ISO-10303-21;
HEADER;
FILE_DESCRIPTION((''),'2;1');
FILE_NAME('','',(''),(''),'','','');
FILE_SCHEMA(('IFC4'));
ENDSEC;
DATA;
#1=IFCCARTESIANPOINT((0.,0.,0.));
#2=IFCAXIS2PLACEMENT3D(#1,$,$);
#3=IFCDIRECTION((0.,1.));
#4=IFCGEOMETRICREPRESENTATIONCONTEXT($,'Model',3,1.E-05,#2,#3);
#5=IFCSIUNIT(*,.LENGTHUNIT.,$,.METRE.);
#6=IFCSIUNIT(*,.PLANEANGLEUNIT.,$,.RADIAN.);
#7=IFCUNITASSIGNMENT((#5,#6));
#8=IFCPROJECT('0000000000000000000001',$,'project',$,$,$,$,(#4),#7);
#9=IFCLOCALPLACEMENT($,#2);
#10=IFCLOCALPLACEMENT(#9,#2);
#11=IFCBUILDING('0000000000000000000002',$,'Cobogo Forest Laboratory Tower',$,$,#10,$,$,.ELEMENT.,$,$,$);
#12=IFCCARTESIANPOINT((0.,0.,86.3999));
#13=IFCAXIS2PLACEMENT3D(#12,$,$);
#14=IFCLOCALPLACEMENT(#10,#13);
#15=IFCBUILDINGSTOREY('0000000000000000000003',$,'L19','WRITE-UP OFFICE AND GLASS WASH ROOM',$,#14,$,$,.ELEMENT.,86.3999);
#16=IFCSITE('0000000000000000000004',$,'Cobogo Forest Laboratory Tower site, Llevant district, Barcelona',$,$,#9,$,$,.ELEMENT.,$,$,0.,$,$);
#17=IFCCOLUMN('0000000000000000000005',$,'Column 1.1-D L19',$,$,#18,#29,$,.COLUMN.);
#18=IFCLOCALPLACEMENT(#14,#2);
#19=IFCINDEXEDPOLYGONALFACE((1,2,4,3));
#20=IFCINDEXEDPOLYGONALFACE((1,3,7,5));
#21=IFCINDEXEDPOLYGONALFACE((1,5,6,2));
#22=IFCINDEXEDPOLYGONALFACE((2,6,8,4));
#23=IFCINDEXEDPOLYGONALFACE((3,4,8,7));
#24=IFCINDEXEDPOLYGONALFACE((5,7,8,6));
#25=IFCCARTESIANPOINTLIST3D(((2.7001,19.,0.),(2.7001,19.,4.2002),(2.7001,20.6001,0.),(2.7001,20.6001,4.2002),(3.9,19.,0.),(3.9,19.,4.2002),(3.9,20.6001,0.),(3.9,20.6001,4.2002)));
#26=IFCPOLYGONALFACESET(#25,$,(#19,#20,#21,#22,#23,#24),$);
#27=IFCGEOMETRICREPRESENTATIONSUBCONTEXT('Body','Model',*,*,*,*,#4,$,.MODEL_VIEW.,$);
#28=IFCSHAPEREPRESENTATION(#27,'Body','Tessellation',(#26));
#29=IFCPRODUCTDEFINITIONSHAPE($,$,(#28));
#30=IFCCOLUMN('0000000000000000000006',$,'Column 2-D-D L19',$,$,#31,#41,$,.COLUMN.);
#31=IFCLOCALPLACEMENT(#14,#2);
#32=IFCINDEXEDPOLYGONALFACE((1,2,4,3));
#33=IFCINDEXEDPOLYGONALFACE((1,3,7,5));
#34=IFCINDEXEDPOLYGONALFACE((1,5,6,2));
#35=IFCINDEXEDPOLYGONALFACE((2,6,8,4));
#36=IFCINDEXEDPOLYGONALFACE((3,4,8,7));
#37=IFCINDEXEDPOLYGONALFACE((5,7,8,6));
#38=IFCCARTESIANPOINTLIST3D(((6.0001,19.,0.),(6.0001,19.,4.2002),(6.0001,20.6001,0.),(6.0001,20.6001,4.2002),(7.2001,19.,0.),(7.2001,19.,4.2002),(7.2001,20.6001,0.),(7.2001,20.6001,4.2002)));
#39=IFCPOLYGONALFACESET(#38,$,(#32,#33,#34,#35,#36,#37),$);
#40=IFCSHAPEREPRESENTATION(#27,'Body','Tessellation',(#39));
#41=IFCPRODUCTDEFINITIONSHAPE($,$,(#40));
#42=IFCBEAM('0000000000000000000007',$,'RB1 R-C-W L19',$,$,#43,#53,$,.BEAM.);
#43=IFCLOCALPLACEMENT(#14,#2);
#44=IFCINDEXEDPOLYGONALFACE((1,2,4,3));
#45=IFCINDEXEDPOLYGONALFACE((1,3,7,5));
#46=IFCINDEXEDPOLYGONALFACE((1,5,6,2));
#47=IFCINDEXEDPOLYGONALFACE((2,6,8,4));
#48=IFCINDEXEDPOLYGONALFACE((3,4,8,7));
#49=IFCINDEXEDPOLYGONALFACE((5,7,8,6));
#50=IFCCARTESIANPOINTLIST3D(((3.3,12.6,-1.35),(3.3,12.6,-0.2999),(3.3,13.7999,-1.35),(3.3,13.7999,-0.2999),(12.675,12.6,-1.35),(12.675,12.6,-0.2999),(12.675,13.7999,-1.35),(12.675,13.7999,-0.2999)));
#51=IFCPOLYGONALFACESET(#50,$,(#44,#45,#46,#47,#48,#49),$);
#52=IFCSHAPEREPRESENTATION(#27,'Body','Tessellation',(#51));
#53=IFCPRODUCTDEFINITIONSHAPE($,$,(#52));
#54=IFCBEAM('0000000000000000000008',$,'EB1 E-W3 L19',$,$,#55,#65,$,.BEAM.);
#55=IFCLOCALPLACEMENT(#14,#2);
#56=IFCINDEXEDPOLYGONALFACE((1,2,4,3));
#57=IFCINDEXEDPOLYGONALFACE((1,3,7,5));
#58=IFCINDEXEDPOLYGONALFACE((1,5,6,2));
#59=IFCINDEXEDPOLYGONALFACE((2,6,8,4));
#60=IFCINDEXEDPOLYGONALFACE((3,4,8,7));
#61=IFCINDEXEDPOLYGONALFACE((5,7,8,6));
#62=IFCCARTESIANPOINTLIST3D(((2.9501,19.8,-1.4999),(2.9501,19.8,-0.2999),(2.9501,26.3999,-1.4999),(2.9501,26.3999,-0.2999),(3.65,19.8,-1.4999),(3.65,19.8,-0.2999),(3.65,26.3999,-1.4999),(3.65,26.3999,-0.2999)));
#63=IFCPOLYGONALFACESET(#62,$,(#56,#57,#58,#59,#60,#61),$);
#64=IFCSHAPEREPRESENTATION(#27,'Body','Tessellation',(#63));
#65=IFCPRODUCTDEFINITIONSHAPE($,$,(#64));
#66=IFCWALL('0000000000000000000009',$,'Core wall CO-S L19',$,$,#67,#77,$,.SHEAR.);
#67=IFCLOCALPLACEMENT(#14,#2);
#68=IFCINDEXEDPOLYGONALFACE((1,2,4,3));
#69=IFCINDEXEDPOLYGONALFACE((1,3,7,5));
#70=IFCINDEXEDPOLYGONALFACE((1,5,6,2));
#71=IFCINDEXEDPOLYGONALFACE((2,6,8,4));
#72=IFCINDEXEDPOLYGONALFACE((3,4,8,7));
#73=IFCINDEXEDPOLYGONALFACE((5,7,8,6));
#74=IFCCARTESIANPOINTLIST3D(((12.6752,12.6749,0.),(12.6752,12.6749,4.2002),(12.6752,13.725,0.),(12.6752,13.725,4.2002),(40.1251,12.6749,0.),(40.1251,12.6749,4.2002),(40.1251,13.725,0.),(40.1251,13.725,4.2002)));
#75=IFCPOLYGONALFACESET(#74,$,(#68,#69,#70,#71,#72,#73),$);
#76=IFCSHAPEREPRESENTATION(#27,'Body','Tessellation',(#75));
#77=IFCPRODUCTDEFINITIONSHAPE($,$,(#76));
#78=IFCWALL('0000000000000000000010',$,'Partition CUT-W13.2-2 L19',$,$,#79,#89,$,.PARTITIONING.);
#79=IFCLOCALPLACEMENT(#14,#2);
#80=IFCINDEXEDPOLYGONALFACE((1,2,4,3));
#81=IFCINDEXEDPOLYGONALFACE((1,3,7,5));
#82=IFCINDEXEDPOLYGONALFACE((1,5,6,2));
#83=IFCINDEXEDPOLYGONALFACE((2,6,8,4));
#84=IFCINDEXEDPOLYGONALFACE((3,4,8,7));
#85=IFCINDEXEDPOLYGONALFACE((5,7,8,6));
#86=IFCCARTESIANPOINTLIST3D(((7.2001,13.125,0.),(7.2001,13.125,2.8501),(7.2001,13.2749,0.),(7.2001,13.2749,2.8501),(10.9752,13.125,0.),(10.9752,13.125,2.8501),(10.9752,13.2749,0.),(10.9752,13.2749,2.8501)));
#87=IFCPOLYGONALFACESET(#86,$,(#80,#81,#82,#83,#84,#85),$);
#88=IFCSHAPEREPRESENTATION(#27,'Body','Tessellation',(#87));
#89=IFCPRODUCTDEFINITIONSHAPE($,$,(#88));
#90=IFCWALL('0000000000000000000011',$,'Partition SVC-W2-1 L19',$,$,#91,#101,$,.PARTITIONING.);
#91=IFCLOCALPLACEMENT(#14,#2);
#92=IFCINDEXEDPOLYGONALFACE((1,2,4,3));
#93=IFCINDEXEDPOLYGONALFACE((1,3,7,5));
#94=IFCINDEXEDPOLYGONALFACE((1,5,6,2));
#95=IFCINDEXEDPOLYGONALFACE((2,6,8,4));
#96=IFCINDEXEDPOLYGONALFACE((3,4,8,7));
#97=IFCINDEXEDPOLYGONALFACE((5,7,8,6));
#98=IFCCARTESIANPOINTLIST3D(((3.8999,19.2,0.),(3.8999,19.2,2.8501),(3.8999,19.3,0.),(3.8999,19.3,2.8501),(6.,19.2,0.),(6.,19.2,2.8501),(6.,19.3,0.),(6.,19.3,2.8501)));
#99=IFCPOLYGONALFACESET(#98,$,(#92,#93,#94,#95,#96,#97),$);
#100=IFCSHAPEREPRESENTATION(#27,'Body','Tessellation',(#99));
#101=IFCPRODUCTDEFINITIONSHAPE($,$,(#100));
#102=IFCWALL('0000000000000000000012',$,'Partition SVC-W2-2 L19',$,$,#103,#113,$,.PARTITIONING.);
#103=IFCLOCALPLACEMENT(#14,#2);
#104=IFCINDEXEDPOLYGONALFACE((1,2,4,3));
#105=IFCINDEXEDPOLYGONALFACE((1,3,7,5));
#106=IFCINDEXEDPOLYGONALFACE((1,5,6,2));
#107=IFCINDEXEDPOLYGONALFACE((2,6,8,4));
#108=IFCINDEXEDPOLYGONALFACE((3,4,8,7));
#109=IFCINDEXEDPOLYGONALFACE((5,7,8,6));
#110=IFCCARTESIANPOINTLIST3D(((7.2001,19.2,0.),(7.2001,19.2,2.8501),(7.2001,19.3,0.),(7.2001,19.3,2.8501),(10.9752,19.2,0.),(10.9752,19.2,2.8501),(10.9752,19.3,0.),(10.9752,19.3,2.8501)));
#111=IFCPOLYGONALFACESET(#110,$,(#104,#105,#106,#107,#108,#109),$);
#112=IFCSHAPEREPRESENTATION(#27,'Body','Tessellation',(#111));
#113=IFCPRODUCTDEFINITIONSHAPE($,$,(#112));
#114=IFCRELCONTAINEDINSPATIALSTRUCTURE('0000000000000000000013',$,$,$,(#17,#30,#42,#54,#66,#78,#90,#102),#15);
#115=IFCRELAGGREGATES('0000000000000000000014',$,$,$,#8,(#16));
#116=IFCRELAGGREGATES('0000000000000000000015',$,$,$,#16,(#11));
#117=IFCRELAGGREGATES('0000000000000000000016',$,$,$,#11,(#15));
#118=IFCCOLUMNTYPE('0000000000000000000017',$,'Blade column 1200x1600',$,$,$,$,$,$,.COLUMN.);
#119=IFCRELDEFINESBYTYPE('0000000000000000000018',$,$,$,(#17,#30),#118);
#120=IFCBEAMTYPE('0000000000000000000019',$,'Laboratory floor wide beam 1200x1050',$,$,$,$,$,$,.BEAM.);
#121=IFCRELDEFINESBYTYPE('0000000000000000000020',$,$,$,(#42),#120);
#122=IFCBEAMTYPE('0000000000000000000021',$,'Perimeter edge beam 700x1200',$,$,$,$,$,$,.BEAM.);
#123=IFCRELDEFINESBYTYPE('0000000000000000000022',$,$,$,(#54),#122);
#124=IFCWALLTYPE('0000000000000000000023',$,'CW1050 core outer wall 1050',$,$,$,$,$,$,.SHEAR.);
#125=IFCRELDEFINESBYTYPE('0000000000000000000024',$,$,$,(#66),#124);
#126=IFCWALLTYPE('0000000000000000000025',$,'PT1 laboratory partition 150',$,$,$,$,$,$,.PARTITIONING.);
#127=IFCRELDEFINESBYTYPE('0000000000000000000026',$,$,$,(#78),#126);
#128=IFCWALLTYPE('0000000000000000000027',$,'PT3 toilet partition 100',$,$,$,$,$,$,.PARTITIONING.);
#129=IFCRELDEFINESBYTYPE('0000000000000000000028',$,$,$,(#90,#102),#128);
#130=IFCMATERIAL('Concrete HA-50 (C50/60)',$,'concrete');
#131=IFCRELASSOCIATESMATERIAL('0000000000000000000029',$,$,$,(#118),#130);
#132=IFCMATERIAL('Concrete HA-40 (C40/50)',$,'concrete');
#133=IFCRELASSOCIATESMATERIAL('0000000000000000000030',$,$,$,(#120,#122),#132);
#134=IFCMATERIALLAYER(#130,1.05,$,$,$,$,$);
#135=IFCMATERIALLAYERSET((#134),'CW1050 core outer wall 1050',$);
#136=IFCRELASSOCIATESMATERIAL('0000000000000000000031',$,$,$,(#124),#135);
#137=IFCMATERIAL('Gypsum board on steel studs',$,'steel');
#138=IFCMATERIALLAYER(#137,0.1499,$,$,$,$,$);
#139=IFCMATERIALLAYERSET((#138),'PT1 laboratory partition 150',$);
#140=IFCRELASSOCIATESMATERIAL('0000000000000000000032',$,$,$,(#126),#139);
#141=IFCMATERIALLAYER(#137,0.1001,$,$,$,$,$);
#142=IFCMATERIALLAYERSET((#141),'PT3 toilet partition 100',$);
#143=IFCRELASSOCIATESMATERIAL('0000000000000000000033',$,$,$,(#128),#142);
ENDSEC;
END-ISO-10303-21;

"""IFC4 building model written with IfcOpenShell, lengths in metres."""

from ifc_helpers import new_model, si_unit, direction, frame, frame_2d, origin, origin_2d, place, context, subcontext, project, spatial, rectangle, extrude, material, layer, layer_set, material_profile, profile_set, type_object, element, save


model = new_model("IFC4")

# Units and contexts
model_context = context("Model", 3, precision=1e-05, world=origin(), true_north=direction((0.0, 1.0)))
body_context = subcontext(model_context, "Body", "Model", "MODEL_VIEW")
ifc_project = project(units=[si_unit("LENGTHUNIT", "METRE"), si_unit("PLANEANGLEUNIT", "RADIAN")], contexts=[model_context])

# Site, building, storey
site_placement = place(None, origin())
site = spatial("IfcSite", under=ifc_project, at=site_placement, Name="Cobogo Forest Laboratory Tower site, Llevant district, Barcelona", CompositionType="ELEMENT", RefElevation=0.0)
building_placement = place(site_placement, origin())
building = spatial("IfcBuilding", under=site, at=building_placement, Name="Cobogo Forest Laboratory Tower", CompositionType="ELEMENT")
storey_placement = place(building_placement, frame((0.0, 0.0, 86.3999)))
storey = spatial("IfcBuildingStorey", under=building, at=storey_placement, Name="L19", Description="WRITE-UP OFFICE AND GLASS WASH ROOM", CompositionType="ELEMENT", Elevation=86.3999)

# Columns
ifc_material_1 = material(Name="Concrete HA-50 (C50/60)", Category="concrete")
ifc_material_profile_1 = material_profile(ifc_material_1, rectangle(XDim=1.6001, YDim=1.2, at=origin_2d()), Name="RC 1200x1600")
ifc_profile_set_1 = profile_set([ifc_material_profile_1], Name="Concrete HA-50 (C50/60)")
column_type = type_object("IfcColumnType", Name="Blade column 1200x1600", PredefinedType="COLUMN", material=ifc_profile_set_1)
for number, where, z_axis, x_axis, name in (
    (1, (3.3, 19.8, 0.0), (0.0, 0.0, 1.0), (0.0, 1.0, 0.0), "Column 1.1-D L19"),
    (2, (6.6001, 19.8, 0.0), (0.0, 0.0, 1.0), (0.0, 1.0, 0.0), "Column 2-D-D L19"),
):
    element("IfcColumn", number, at=place(storey_placement, frame(where, z_axis=z_axis, x_axis=x_axis)), inside=storey, type_object=column_type, Name=name, PredefinedType="COLUMN", context=body_context, shape_type="SweptSolid", body=[
        extrude(rectangle(XDim=1.6001, YDim=1.2, at=origin_2d()), origin(), (0.0, 0.0, 1.0), 4.2002),
    ])

# Beams
ifc_material_2 = material(Name="Concrete HA-40 (C40/50)", Category="concrete")
ifc_material_profile_2 = material_profile(ifc_material_2, rectangle(XDim=1.2, YDim=1.05, at=origin_2d()), Name="RC 1200x1050")
ifc_profile_set_2 = profile_set([ifc_material_profile_2], Name="Concrete HA-40 (C40/50)")
beam_type_1 = type_object("IfcBeamType", Name="Laboratory floor wide beam 1200x1050", PredefinedType="BEAM", material=ifc_profile_set_2)
beam_1_placement = place(storey_placement, frame((12.675, 13.2, -0.825), z_axis=(-1.0, 0.0, 0.0), x_axis=(0.0, -1.0, 0.0)))
element("IfcBeam", 3, at=beam_1_placement, inside=storey, type_object=beam_type_1, Name="RB1 R-C-W L19", PredefinedType="BEAM", context=body_context, shape_type="SweptSolid", body=[
    extrude(rectangle(XDim=1.2, YDim=1.05, at=origin_2d()), origin(), (0.0, 0.0, 1.0), 9.375),
])
ifc_material_profile_3 = material_profile(ifc_material_2, rectangle(XDim=0.7, YDim=1.2, at=origin_2d()), Name="RC 700x1200")
ifc_profile_set_3 = profile_set([ifc_material_profile_3], Name="Concrete HA-40 (C40/50)")
beam_type_2 = type_object("IfcBeamType", Name="Perimeter edge beam 700x1200", PredefinedType="BEAM", material=ifc_profile_set_3)
beam_2_placement = place(storey_placement, frame((3.3, 19.8, -0.8999), z_axis=(0.0, 1.0, 0.0), x_axis=(-1.0, 0.0, 0.0)))
element("IfcBeam", 4, at=beam_2_placement, inside=storey, type_object=beam_type_2, Name="EB1 E-W3 L19", PredefinedType="BEAM", context=body_context, shape_type="SweptSolid", body=[
    extrude(rectangle(XDim=0.7, YDim=1.2, at=origin_2d()), origin(), (0.0, 0.0, 1.0), 6.5999),
])

# Walls
ifc_layer_1 = layer(ifc_material_1, 1.05)
ifc_layer_set_1 = layer_set([ifc_layer_1], Name="CW1050 core outer wall 1050")
wall_type_1 = type_object("IfcWallType", Name="CW1050 core outer wall 1050", PredefinedType="SHEAR", material=ifc_layer_set_1)
wall_1_placement = place(storey_placement, frame((12.675, 13.2, 0.0), z_axis=(0.0, 0.0, 1.0), x_axis=(1.0, 0.0, 0.0)))
element("IfcWall", 5, at=wall_1_placement, inside=storey, type_object=wall_type_1, Name="Core wall CO-S L19", PredefinedType="SHEAR", context=body_context, shape_type="SweptSolid", body=[
    extrude(rectangle(XDim=27.45, YDim=1.05, at=frame_2d((13.7251, 0.0))), origin(), (0.0, 0.0, 1.0), 4.2002),
])
ifc_material_3 = material(Name="Gypsum board on steel studs", Category="steel")
ifc_layer_2 = layer(ifc_material_3, 0.1499)
ifc_layer_set_2 = layer_set([ifc_layer_2], Name="PT1 laboratory partition 150")
wall_type_2 = type_object("IfcWallType", Name="PT1 laboratory partition 150", PredefinedType="PARTITIONING", material=ifc_layer_set_2)
wall_2_placement = place(storey_placement, frame((7.2, 13.2, 0.0), z_axis=(0.0, 0.0, 1.0), x_axis=(1.0, 0.0, 0.0)))
element("IfcWall", 6, at=wall_2_placement, inside=storey, type_object=wall_type_2, Name="Partition CUT-W13.2-2 L19", PredefinedType="PARTITIONING", context=body_context, shape_type="SweptSolid", body=[
    extrude(rectangle(XDim=3.7751, YDim=0.1499, at=frame_2d((1.8877, 0.0))), origin(), (0.0, 0.0, 1.0), 2.8501),
])
ifc_layer_3 = layer(ifc_material_3, 0.1001)
ifc_layer_set_3 = layer_set([ifc_layer_3], Name="PT3 toilet partition 100")
wall_type_3 = type_object("IfcWallType", Name="PT3 toilet partition 100", PredefinedType="PARTITIONING", material=ifc_layer_set_3)
wall_3_placement = place(storey_placement, frame((3.8999, 19.25, 0.0), z_axis=(0.0, 0.0, 1.0), x_axis=(1.0, 0.0, 0.0)))
element("IfcWall", 7, at=wall_3_placement, inside=storey, type_object=wall_type_3, Name="Partition SVC-W2-1 L19", PredefinedType="PARTITIONING", context=body_context, shape_type="SweptSolid", body=[
    extrude(rectangle(XDim=2.1001, YDim=0.1001, at=frame_2d((1.05, 0.0))), origin(), (0.0, 0.0, 1.0), 2.8501),
])
wall_4_placement = place(storey_placement, frame((7.2, 19.25, 0.0), z_axis=(0.0, 0.0, 1.0), x_axis=(1.0, 0.0, 0.0)))
element("IfcWall", 8, at=wall_4_placement, inside=storey, type_object=wall_type_3, Name="Partition SVC-W2-2 L19", PredefinedType="PARTITIONING", context=body_context, shape_type="SweptSolid", body=[
    extrude(rectangle(XDim=3.7751, YDim=0.1001, at=frame_2d((1.8877, 0.0))), origin(), (0.0, 0.0, 1.0), 2.8501),
])

save(model, "model.ifc")
